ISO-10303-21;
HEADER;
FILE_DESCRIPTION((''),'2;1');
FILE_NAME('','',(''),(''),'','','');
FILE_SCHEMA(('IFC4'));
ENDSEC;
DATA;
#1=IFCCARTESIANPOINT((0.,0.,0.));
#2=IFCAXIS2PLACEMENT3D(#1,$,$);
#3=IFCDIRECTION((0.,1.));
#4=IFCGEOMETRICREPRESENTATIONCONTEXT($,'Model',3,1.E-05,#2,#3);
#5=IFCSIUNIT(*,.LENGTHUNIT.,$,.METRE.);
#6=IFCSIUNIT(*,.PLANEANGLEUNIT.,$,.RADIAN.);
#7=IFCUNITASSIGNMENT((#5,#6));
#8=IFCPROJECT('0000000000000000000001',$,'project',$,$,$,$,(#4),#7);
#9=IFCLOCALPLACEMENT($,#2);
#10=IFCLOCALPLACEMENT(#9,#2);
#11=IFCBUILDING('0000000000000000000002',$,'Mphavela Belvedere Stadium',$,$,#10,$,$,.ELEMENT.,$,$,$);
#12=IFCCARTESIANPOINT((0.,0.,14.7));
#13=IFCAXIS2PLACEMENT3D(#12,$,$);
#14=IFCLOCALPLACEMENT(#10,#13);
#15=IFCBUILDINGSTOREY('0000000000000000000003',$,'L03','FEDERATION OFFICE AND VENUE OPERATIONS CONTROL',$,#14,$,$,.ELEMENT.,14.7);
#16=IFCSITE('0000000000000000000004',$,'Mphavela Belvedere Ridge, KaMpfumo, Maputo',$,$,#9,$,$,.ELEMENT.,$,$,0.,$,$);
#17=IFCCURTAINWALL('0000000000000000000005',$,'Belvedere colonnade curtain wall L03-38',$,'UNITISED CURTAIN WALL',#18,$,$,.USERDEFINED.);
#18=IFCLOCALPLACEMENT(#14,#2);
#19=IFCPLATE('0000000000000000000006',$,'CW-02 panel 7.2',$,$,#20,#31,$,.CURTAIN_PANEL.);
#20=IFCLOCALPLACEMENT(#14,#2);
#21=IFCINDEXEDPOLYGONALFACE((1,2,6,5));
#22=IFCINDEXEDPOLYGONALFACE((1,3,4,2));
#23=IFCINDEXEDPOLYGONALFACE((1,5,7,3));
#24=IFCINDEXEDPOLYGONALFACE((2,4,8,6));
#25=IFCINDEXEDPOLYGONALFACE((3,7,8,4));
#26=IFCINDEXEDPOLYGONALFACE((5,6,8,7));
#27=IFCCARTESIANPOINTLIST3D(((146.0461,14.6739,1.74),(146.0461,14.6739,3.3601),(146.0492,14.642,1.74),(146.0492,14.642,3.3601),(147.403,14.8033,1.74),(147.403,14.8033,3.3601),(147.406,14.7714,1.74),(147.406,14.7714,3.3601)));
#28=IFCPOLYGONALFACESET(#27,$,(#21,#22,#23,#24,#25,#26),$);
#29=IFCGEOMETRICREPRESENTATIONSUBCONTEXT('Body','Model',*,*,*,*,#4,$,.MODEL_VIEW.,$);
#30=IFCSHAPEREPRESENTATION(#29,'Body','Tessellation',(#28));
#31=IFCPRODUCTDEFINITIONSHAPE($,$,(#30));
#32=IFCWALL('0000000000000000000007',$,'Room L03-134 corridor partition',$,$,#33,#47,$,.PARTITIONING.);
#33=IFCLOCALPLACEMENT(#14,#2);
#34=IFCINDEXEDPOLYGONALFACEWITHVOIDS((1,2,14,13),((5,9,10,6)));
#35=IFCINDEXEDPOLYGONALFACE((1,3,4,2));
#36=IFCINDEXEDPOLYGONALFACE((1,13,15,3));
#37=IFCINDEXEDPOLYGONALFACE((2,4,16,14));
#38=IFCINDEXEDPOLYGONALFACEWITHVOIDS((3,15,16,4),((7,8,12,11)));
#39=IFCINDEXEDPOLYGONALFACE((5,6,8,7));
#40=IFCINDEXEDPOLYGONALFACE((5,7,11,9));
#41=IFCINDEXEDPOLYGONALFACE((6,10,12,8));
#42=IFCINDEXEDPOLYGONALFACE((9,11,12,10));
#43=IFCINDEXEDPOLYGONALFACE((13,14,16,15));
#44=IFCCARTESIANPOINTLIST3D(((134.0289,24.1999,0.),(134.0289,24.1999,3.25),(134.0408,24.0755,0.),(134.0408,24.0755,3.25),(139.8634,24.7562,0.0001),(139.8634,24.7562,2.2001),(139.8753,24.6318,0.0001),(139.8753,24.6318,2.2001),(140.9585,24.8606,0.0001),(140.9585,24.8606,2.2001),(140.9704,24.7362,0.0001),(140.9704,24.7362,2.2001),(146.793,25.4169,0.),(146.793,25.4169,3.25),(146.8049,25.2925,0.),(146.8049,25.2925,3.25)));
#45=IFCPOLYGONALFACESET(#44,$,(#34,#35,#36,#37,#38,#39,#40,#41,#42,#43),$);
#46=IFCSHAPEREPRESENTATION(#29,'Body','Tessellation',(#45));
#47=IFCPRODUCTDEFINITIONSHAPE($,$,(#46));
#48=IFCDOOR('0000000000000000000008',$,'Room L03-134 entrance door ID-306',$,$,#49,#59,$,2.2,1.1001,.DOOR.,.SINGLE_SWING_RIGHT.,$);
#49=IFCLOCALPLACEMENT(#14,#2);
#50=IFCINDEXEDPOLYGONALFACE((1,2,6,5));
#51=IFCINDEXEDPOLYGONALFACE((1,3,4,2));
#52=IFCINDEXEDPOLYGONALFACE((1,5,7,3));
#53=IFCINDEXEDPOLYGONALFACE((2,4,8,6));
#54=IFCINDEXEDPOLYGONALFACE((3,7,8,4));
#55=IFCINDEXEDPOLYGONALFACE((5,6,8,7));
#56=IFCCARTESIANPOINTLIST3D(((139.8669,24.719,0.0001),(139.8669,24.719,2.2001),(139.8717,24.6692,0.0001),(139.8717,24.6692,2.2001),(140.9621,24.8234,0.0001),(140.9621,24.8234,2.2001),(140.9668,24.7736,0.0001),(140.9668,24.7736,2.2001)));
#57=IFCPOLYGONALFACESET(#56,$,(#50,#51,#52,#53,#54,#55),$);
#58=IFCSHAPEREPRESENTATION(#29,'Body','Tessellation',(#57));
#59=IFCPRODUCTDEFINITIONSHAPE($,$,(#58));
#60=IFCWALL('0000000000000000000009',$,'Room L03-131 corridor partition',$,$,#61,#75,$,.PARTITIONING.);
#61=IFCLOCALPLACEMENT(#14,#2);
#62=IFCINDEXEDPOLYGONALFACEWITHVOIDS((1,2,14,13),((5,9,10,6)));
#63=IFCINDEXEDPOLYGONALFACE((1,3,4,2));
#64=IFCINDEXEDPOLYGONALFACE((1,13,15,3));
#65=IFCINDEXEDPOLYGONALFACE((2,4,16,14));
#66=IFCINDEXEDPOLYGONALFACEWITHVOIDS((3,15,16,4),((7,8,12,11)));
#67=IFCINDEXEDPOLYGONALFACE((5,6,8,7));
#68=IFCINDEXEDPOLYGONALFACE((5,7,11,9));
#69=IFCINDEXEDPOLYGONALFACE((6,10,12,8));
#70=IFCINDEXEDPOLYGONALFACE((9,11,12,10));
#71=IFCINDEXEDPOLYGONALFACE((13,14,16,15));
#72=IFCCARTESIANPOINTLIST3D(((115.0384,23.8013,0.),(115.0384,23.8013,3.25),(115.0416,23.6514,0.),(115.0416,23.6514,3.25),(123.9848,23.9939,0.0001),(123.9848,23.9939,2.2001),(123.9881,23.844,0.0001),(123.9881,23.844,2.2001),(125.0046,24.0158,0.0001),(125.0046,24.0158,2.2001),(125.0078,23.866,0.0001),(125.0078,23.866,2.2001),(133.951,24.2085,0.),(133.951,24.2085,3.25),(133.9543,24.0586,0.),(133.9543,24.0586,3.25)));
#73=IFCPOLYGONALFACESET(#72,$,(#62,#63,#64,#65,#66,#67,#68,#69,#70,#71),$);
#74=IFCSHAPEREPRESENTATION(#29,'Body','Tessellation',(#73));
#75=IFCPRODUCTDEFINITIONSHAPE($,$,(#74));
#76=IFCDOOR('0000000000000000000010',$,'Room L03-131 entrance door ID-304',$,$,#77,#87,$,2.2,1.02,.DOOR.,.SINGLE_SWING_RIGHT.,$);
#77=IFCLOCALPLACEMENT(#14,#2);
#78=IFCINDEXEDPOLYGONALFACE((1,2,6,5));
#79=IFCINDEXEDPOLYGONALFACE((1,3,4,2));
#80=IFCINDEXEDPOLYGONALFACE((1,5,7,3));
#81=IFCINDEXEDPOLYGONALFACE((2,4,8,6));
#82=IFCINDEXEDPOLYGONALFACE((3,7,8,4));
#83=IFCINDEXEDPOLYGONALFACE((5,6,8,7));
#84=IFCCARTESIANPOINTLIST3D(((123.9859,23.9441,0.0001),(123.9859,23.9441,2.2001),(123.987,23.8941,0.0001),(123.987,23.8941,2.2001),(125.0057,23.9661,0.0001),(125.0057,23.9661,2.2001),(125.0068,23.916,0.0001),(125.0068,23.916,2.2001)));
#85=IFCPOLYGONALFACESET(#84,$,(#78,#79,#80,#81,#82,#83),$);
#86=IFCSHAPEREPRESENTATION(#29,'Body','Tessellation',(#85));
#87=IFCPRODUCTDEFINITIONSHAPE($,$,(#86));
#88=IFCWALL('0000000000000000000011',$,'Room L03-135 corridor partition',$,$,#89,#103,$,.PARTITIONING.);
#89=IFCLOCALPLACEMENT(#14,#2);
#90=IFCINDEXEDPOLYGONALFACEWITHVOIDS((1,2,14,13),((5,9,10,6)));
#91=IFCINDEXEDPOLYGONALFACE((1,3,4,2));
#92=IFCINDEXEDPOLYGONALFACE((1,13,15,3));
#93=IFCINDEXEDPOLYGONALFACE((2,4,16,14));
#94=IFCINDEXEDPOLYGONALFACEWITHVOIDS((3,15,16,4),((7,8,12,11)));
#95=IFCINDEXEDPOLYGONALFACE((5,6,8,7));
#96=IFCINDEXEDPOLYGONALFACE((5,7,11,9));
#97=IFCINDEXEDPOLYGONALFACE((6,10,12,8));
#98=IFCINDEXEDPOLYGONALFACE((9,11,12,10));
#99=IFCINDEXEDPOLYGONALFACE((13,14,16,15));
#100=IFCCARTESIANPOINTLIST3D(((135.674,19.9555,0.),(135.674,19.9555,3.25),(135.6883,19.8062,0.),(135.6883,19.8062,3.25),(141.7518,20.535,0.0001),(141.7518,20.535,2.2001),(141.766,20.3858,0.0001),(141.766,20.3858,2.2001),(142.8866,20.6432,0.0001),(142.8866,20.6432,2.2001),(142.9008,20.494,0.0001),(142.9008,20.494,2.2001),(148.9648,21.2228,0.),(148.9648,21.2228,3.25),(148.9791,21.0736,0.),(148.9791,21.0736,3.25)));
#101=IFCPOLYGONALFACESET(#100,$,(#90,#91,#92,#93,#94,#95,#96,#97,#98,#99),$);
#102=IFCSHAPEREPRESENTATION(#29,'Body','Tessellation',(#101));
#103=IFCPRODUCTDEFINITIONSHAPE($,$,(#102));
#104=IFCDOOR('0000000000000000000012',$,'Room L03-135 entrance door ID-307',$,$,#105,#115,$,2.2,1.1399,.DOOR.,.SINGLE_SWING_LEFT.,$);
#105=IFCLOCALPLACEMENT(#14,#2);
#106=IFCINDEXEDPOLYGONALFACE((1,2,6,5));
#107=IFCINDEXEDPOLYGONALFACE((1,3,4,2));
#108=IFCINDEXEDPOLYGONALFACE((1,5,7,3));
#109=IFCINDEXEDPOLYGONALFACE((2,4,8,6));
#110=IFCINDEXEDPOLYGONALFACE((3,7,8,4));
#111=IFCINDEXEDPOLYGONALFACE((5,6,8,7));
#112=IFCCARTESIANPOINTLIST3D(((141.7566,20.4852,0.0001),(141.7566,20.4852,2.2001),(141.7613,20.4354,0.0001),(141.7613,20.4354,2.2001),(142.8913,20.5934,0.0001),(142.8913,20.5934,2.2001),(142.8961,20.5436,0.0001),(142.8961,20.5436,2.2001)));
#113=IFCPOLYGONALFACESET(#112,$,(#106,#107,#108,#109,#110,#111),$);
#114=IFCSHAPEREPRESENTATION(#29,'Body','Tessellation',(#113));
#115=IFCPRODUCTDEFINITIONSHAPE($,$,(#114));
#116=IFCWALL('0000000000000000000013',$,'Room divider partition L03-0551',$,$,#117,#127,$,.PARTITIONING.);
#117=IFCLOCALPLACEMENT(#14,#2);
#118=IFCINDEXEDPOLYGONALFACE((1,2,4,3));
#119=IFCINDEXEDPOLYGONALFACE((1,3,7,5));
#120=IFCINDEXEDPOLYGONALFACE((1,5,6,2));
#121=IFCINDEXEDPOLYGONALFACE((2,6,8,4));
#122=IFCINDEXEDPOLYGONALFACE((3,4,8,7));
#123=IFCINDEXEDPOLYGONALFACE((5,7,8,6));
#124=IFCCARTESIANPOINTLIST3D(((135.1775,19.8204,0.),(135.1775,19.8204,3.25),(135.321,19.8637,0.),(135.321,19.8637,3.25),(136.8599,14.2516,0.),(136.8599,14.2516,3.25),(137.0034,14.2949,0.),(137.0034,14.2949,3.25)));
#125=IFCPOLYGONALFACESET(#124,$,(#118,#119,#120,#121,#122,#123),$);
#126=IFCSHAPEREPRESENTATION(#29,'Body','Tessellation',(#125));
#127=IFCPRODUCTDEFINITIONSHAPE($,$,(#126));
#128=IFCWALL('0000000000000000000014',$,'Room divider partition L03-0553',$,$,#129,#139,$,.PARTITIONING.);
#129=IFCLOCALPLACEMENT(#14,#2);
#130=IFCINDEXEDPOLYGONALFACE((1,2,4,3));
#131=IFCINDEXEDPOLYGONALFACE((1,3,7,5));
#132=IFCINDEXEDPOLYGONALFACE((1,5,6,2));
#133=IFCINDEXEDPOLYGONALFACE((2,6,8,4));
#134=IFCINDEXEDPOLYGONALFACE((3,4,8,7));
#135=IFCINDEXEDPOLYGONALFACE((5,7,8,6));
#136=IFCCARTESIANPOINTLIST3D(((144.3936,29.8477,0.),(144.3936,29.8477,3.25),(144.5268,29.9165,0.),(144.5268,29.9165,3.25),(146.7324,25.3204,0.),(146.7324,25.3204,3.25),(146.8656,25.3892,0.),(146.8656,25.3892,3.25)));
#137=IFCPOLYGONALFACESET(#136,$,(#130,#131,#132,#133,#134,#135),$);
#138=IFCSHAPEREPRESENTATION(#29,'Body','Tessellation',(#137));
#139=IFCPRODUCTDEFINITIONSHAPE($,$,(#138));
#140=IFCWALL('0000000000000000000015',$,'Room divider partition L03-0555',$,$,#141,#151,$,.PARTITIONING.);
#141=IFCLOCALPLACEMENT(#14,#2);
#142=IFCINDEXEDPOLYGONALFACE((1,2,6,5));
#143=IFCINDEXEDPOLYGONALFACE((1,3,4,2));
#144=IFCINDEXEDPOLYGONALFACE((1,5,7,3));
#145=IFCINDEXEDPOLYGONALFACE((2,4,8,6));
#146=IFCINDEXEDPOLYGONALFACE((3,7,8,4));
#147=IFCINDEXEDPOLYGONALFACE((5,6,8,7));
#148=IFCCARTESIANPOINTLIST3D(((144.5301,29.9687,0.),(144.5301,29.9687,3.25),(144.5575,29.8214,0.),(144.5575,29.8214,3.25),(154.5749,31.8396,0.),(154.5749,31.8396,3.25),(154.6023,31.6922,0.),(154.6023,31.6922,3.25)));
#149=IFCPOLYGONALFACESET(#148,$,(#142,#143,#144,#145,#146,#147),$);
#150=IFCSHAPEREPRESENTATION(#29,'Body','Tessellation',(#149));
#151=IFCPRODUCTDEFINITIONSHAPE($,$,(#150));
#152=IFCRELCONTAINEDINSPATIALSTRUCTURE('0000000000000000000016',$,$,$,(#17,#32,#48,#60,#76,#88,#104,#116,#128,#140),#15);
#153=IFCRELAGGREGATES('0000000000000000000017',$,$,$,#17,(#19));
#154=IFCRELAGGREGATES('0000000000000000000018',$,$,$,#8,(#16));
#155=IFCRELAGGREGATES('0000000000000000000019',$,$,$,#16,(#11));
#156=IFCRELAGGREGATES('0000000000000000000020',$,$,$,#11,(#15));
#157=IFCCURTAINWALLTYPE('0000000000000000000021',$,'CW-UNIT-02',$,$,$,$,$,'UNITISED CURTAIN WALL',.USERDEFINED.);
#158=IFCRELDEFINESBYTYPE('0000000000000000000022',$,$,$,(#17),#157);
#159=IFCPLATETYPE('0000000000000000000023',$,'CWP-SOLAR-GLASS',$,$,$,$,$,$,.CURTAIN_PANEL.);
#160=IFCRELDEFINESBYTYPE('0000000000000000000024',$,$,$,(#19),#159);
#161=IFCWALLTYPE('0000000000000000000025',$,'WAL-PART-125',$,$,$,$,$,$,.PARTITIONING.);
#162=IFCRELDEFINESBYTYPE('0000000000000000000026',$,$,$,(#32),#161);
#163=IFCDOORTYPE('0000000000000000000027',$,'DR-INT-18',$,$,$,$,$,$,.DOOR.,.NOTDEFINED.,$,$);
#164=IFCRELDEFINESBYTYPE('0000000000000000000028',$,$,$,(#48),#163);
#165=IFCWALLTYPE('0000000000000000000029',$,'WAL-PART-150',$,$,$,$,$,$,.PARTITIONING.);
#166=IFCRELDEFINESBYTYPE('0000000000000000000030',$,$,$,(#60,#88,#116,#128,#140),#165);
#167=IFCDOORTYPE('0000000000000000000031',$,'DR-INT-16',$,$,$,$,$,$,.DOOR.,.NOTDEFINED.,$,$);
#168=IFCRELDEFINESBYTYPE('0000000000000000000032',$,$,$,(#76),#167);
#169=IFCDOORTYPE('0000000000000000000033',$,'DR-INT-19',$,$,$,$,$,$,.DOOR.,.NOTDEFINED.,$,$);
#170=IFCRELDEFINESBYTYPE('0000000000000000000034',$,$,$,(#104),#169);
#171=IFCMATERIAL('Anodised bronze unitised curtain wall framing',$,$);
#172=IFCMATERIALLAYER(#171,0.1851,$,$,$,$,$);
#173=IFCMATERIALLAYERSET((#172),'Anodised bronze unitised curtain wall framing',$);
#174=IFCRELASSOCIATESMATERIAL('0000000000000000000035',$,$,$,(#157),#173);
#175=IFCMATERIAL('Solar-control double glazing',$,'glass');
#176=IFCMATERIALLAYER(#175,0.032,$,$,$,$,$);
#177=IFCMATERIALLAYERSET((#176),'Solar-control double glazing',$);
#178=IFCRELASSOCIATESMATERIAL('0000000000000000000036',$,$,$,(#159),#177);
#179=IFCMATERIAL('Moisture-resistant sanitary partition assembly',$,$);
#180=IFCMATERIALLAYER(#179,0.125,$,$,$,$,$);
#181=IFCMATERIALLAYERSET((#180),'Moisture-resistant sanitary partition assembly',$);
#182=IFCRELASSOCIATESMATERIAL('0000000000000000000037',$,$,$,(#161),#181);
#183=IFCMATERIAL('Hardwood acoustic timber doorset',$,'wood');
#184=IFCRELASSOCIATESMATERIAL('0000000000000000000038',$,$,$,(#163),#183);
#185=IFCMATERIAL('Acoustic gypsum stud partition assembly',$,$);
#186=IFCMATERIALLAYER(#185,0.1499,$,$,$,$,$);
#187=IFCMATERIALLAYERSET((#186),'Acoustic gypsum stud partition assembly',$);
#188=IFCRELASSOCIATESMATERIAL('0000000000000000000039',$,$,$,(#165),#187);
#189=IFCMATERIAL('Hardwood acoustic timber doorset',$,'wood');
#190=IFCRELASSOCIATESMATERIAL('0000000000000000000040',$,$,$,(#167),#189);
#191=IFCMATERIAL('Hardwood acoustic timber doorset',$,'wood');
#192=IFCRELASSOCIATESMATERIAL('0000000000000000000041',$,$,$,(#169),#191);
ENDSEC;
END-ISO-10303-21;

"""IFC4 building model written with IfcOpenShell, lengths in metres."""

from ifc_helpers import new_model, si_unit, direction, frame, frame_2d, origin, origin_2d, place, context, subcontext, project, spatial, rectangle, extrude, material, layer, layer_set, type_object, element, fill, aggregate, save


model = new_model("IFC4")

# Units and contexts
model_context = context("Model", 3, precision=1e-05, world=origin(), true_north=direction((0.0, 1.0)))
body_context = subcontext(model_context, "Body", "Model", "MODEL_VIEW")
ifc_project = project(units=[si_unit("LENGTHUNIT", "METRE"), si_unit("PLANEANGLEUNIT", "RADIAN")], contexts=[model_context])

# Site, building, storey
site_placement = place(None, origin())
site = spatial("IfcSite", under=ifc_project, at=site_placement, Name="Mphavela Belvedere Ridge, KaMpfumo, Maputo", CompositionType="ELEMENT", RefElevation=0.0)
building_placement = place(site_placement, origin())
building = spatial("IfcBuilding", under=site, at=building_placement, Name="Mphavela Belvedere Stadium", CompositionType="ELEMENT")
storey_placement = place(building_placement, frame((0.0, 0.0, 14.7)))
storey = spatial("IfcBuildingStorey", under=building, at=storey_placement, Name="L03", Description="FEDERATION OFFICE AND VENUE OPERATIONS CONTROL", CompositionType="ELEMENT", Elevation=14.7)

# Curtain wall, plate
ifc_material_1 = material(Name="Anodised bronze unitised curtain wall framing")
ifc_layer_1 = layer(ifc_material_1, 0.1851)
ifc_layer_set_1 = layer_set([ifc_layer_1], Name="Anodised bronze unitised curtain wall framing")
curtain_wall_type = type_object("IfcCurtainWallType", Name="CW-UNIT-02", ElementType="UNITISED CURTAIN WALL", PredefinedType="USERDEFINED", material=ifc_layer_set_1)
curtain_wall_placement = place(storey_placement, origin())
curtain_wall = element("IfcCurtainWall", 1, at=curtain_wall_placement, inside=storey, type_object=curtain_wall_type, Name="Belvedere colonnade curtain wall L03-38", ObjectType="UNITISED CURTAIN WALL", PredefinedType="USERDEFINED")
ifc_material_2 = material(Name="Solar-control double glazing", Category="glass")
ifc_layer_2 = layer(ifc_material_2, 0.032)
ifc_layer_set_2 = layer_set([ifc_layer_2], Name="Solar-control double glazing")
plate_type = type_object("IfcPlateType", Name="CWP-SOLAR-GLASS", PredefinedType="CURTAIN_PANEL", material=ifc_layer_set_2)
plate_1_placement = place(storey_placement, frame((146.7261, 14.7227, 1.74), z_axis=(0.0, 0.0, 1.0), x_axis=(0.995484, 0.094929, 0.0)))
plate_1 = element("IfcPlate", 2, at=plate_1_placement, type_object=plate_type, Name="CW-02 panel 7.2", PredefinedType="CURTAIN_PANEL", context=body_context, shape_type="SweptSolid", body=[
    extrude(rectangle(XDim=1.363, YDim=0.032, at=origin_2d()), origin(), (0.0, 0.0, 1.0), 1.6201),
])
aggregate(curtain_wall, [plate_1])

# Walls, openings, doors
ifc_material_3 = material(Name="Moisture-resistant sanitary partition assembly")
ifc_layer_3 = layer(ifc_material_3, 0.125)
ifc_layer_set_3 = layer_set([ifc_layer_3], Name="Moisture-resistant sanitary partition assembly")
wall_type_1 = type_object("IfcWallType", Name="WAL-PART-125", PredefinedType="PARTITIONING", material=ifc_layer_set_3)
wall_1_placement = place(storey_placement, frame((146.7991, 25.3547, 0.0), z_axis=(0.0, 0.0, 1.0), x_axis=(-0.995485, -0.094918, 0.0)))
wall_1 = element("IfcWall", 3, at=wall_1_placement, inside=storey, type_object=wall_type_1, Name="Room L03-134 corridor partition", PredefinedType="PARTITIONING", context=body_context, shape_type="SweptSolid", body=[
    extrude(rectangle(XDim=12.822, YDim=0.125, at=frame_2d((6.4111, 0.0))), origin(), (0.0, 0.0, 1.0), 3.25),
])
opening_1_placement = place(wall_1_placement, frame((5.8611, 0.0, 0.0)))
opening_1 = element("IfcOpeningElement", 4, at=opening_1_placement, cuts=wall_1, PredefinedType="OPENING", context=body_context, shape_type="SweptSolid", body=[
    extrude(rectangle(XDim=1.1001, YDim=2.2, at=frame_2d((0.55, 1.1001))), frame((0.0, 0.0725, 0.0), z_axis=(0.0, -1.0, 0.0), x_axis=(1.0, 0.0, 0.0)), (0.0, 0.0, 1.0), 0.145),
])
ifc_material_4 = material(Name="Hardwood acoustic timber doorset", Category="wood")
door_type_1 = type_object("IfcDoorType", Name="DR-INT-18", OperationType="NOTDEFINED", PredefinedType="DOOR", material=ifc_material_4)
door_1_placement = place(opening_1_placement, origin())
door_1 = element("IfcDoor", 5, at=door_1_placement, inside=storey, type_object=door_type_1, Name="Room L03-134 entrance door ID-306", OperationType="SINGLE_SWING_RIGHT", OverallHeight=2.2, OverallWidth=1.1001, PredefinedType="DOOR", context=body_context, shape_type="SweptSolid", body=[
    extrude(rectangle(XDim=1.1001, YDim=2.2, at=frame_2d((0.55, 1.1001))), frame((0.0, 0.0249, 0.0), z_axis=(0.0, -1.0, 0.0), x_axis=(1.0, 0.0, 0.0)), (0.0, 0.0, 1.0), 0.05),
])
fill(opening_1, door_1)
ifc_material_5 = material(Name="Acoustic gypsum stud partition assembly")
ifc_layer_4 = layer(ifc_material_5, 0.1499)
ifc_layer_set_4 = layer_set([ifc_layer_4], Name="Acoustic gypsum stud partition assembly")
wall_type_2 = type_object("IfcWallType", Name="WAL-PART-150", PredefinedType="PARTITIONING", material=ifc_layer_set_4)
wall_2_placement = place(storey_placement, frame((133.9526, 24.1335, 0.0), z_axis=(0.0, 0.0, 1.0), x_axis=(-0.999768, -0.021527, 0.0)))
wall_2 = element("IfcWall", 6, at=wall_2_placement, inside=storey, type_object=wall_type_2, Name="Room L03-131 corridor partition", PredefinedType="PARTITIONING", context=body_context, shape_type="SweptSolid", body=[
    extrude(rectangle(XDim=18.917, YDim=0.1499, at=frame_2d((9.4585, 0.0))), origin(), (0.0, 0.0, 1.0), 3.25),
])
opening_2_placement = place(wall_2_placement, frame((8.9485, 0.0, 0.0)))
opening_2 = element("IfcOpeningElement", 7, at=opening_2_placement, cuts=wall_2, PredefinedType="OPENING", context=body_context, shape_type="SweptSolid", body=[
    extrude(rectangle(XDim=1.02, YDim=2.2, at=frame_2d((0.51, 1.1001))), frame((0.0, 0.085, 0.0), z_axis=(0.0, -1.0, 0.0), x_axis=(1.0, 0.0, 0.0)), (0.0, 0.0, 1.0), 0.1699),
])
ifc_material_6 = material(Name="Hardwood acoustic timber doorset", Category="wood")
door_type_2 = type_object("IfcDoorType", Name="DR-INT-16", OperationType="NOTDEFINED", PredefinedType="DOOR", material=ifc_material_6)
door_2_placement = place(opening_2_placement, origin())
door_2 = element("IfcDoor", 8, at=door_2_placement, inside=storey, type_object=door_type_2, Name="Room L03-131 entrance door ID-304", OperationType="SINGLE_SWING_RIGHT", OverallHeight=2.2, OverallWidth=1.02, PredefinedType="DOOR", context=body_context, shape_type="SweptSolid", body=[
    extrude(rectangle(XDim=1.02, YDim=2.2, at=frame_2d((0.51, 1.1001))), frame((0.0, 0.0249, 0.0), z_axis=(0.0, -1.0, 0.0), x_axis=(1.0, 0.0, 0.0)), (0.0, 0.0, 1.0), 0.05),
])
fill(opening_2, door_2)
wall_3_placement = place(storey_placement, frame((135.6812, 19.8809, 0.0), z_axis=(0.0, 0.0, 1.0), x_axis=(0.995485, 0.094924, 0.0)))
wall_3 = element("IfcWall", 9, at=wall_3_placement, inside=storey, type_object=wall_type_2, Name="Room L03-135 corridor partition", PredefinedType="PARTITIONING", context=body_context, shape_type="SweptSolid", body=[
    extrude(rectangle(XDim=13.3511, YDim=0.1499, at=frame_2d((6.6755, 0.0))), origin(), (0.0, 0.0, 1.0), 3.25),
])
opening_3_placement = place(wall_3_placement, frame((6.1055, 0.0, 0.0)))
opening_3 = element("IfcOpeningElement", 10, at=opening_3_placement, cuts=wall_3, PredefinedType="OPENING", context=body_context, shape_type="SweptSolid", body=[
    extrude(rectangle(XDim=1.1399, YDim=2.2, at=frame_2d((0.5698, 1.1001))), frame((0.0, 0.085, 0.0), z_axis=(0.0, -1.0, 0.0), x_axis=(1.0, 0.0, 0.0)), (0.0, 0.0, 1.0), 0.1699),
])
ifc_material_7 = material(Name="Hardwood acoustic timber doorset", Category="wood")
door_type_3 = type_object("IfcDoorType", Name="DR-INT-19", OperationType="NOTDEFINED", PredefinedType="DOOR", material=ifc_material_7)
door_3_placement = place(opening_3_placement, origin())
door_3 = element("IfcDoor", 11, at=door_3_placement, inside=storey, type_object=door_type_3, Name="Room L03-135 entrance door ID-307", OperationType="SINGLE_SWING_LEFT", OverallHeight=2.2, OverallWidth=1.1399, PredefinedType="DOOR", context=body_context, shape_type="SweptSolid", body=[
    extrude(rectangle(XDim=1.1399, YDim=2.2, at=frame_2d((0.5698, 1.1001))), frame((0.0, 0.0249, 0.0), z_axis=(0.0, -1.0, 0.0), x_axis=(1.0, 0.0, 0.0)), (0.0, 0.0, 1.0), 0.05),
])
fill(opening_3, door_3)

# Walls
wall_4_placement = place(storey_placement, frame((135.2493, 19.842, 0.0), z_axis=(0.0, 0.0, 1.0), x_axis=(0.289195, -0.95727, 0.0)))
element("IfcWall", 12, at=wall_4_placement, inside=storey, type_object=wall_type_2, Name="Room divider partition L03-0551", PredefinedType="PARTITIONING", context=body_context, shape_type="SweptSolid", body=[
    extrude(rectangle(XDim=5.8174, YDim=0.1499, at=frame_2d((2.9087, 0.0))), origin(), (0.0, 0.0, 1.0), 3.25),
])
wall_5_placement = place(storey_placement, frame((144.4602, 29.8821, 0.0), z_axis=(0.0, 0.0, 1.0), x_axis=(0.45898, -0.888447, 0.0)))
element("IfcWall", 13, at=wall_5_placement, inside=storey, type_object=wall_type_2, Name="Room divider partition L03-0553", PredefinedType="PARTITIONING", context=body_context, shape_type="SweptSolid", body=[
    extrude(rectangle(XDim=5.0957, YDim=0.1499, at=frame_2d((2.5479, 0.0))), origin(), (0.0, 0.0, 1.0), 3.25),
])
wall_6_placement = place(storey_placement, frame((144.5437, 29.895, 0.0), z_axis=(0.0, 0.0, 1.0), x_axis=(0.983094, 0.183104, 0.0)))
element("IfcWall", 14, at=wall_6_placement, inside=storey, type_object=wall_type_2, Name="Room divider partition L03-0555", PredefinedType="PARTITIONING", context=body_context, shape_type="SweptSolid", body=[
    extrude(rectangle(XDim=10.2175, YDim=0.1499, at=frame_2d((5.1089, 0.0))), origin(), (0.0, 0.0, 1.0), 3.25),
])

save(model, "model.ifc")
